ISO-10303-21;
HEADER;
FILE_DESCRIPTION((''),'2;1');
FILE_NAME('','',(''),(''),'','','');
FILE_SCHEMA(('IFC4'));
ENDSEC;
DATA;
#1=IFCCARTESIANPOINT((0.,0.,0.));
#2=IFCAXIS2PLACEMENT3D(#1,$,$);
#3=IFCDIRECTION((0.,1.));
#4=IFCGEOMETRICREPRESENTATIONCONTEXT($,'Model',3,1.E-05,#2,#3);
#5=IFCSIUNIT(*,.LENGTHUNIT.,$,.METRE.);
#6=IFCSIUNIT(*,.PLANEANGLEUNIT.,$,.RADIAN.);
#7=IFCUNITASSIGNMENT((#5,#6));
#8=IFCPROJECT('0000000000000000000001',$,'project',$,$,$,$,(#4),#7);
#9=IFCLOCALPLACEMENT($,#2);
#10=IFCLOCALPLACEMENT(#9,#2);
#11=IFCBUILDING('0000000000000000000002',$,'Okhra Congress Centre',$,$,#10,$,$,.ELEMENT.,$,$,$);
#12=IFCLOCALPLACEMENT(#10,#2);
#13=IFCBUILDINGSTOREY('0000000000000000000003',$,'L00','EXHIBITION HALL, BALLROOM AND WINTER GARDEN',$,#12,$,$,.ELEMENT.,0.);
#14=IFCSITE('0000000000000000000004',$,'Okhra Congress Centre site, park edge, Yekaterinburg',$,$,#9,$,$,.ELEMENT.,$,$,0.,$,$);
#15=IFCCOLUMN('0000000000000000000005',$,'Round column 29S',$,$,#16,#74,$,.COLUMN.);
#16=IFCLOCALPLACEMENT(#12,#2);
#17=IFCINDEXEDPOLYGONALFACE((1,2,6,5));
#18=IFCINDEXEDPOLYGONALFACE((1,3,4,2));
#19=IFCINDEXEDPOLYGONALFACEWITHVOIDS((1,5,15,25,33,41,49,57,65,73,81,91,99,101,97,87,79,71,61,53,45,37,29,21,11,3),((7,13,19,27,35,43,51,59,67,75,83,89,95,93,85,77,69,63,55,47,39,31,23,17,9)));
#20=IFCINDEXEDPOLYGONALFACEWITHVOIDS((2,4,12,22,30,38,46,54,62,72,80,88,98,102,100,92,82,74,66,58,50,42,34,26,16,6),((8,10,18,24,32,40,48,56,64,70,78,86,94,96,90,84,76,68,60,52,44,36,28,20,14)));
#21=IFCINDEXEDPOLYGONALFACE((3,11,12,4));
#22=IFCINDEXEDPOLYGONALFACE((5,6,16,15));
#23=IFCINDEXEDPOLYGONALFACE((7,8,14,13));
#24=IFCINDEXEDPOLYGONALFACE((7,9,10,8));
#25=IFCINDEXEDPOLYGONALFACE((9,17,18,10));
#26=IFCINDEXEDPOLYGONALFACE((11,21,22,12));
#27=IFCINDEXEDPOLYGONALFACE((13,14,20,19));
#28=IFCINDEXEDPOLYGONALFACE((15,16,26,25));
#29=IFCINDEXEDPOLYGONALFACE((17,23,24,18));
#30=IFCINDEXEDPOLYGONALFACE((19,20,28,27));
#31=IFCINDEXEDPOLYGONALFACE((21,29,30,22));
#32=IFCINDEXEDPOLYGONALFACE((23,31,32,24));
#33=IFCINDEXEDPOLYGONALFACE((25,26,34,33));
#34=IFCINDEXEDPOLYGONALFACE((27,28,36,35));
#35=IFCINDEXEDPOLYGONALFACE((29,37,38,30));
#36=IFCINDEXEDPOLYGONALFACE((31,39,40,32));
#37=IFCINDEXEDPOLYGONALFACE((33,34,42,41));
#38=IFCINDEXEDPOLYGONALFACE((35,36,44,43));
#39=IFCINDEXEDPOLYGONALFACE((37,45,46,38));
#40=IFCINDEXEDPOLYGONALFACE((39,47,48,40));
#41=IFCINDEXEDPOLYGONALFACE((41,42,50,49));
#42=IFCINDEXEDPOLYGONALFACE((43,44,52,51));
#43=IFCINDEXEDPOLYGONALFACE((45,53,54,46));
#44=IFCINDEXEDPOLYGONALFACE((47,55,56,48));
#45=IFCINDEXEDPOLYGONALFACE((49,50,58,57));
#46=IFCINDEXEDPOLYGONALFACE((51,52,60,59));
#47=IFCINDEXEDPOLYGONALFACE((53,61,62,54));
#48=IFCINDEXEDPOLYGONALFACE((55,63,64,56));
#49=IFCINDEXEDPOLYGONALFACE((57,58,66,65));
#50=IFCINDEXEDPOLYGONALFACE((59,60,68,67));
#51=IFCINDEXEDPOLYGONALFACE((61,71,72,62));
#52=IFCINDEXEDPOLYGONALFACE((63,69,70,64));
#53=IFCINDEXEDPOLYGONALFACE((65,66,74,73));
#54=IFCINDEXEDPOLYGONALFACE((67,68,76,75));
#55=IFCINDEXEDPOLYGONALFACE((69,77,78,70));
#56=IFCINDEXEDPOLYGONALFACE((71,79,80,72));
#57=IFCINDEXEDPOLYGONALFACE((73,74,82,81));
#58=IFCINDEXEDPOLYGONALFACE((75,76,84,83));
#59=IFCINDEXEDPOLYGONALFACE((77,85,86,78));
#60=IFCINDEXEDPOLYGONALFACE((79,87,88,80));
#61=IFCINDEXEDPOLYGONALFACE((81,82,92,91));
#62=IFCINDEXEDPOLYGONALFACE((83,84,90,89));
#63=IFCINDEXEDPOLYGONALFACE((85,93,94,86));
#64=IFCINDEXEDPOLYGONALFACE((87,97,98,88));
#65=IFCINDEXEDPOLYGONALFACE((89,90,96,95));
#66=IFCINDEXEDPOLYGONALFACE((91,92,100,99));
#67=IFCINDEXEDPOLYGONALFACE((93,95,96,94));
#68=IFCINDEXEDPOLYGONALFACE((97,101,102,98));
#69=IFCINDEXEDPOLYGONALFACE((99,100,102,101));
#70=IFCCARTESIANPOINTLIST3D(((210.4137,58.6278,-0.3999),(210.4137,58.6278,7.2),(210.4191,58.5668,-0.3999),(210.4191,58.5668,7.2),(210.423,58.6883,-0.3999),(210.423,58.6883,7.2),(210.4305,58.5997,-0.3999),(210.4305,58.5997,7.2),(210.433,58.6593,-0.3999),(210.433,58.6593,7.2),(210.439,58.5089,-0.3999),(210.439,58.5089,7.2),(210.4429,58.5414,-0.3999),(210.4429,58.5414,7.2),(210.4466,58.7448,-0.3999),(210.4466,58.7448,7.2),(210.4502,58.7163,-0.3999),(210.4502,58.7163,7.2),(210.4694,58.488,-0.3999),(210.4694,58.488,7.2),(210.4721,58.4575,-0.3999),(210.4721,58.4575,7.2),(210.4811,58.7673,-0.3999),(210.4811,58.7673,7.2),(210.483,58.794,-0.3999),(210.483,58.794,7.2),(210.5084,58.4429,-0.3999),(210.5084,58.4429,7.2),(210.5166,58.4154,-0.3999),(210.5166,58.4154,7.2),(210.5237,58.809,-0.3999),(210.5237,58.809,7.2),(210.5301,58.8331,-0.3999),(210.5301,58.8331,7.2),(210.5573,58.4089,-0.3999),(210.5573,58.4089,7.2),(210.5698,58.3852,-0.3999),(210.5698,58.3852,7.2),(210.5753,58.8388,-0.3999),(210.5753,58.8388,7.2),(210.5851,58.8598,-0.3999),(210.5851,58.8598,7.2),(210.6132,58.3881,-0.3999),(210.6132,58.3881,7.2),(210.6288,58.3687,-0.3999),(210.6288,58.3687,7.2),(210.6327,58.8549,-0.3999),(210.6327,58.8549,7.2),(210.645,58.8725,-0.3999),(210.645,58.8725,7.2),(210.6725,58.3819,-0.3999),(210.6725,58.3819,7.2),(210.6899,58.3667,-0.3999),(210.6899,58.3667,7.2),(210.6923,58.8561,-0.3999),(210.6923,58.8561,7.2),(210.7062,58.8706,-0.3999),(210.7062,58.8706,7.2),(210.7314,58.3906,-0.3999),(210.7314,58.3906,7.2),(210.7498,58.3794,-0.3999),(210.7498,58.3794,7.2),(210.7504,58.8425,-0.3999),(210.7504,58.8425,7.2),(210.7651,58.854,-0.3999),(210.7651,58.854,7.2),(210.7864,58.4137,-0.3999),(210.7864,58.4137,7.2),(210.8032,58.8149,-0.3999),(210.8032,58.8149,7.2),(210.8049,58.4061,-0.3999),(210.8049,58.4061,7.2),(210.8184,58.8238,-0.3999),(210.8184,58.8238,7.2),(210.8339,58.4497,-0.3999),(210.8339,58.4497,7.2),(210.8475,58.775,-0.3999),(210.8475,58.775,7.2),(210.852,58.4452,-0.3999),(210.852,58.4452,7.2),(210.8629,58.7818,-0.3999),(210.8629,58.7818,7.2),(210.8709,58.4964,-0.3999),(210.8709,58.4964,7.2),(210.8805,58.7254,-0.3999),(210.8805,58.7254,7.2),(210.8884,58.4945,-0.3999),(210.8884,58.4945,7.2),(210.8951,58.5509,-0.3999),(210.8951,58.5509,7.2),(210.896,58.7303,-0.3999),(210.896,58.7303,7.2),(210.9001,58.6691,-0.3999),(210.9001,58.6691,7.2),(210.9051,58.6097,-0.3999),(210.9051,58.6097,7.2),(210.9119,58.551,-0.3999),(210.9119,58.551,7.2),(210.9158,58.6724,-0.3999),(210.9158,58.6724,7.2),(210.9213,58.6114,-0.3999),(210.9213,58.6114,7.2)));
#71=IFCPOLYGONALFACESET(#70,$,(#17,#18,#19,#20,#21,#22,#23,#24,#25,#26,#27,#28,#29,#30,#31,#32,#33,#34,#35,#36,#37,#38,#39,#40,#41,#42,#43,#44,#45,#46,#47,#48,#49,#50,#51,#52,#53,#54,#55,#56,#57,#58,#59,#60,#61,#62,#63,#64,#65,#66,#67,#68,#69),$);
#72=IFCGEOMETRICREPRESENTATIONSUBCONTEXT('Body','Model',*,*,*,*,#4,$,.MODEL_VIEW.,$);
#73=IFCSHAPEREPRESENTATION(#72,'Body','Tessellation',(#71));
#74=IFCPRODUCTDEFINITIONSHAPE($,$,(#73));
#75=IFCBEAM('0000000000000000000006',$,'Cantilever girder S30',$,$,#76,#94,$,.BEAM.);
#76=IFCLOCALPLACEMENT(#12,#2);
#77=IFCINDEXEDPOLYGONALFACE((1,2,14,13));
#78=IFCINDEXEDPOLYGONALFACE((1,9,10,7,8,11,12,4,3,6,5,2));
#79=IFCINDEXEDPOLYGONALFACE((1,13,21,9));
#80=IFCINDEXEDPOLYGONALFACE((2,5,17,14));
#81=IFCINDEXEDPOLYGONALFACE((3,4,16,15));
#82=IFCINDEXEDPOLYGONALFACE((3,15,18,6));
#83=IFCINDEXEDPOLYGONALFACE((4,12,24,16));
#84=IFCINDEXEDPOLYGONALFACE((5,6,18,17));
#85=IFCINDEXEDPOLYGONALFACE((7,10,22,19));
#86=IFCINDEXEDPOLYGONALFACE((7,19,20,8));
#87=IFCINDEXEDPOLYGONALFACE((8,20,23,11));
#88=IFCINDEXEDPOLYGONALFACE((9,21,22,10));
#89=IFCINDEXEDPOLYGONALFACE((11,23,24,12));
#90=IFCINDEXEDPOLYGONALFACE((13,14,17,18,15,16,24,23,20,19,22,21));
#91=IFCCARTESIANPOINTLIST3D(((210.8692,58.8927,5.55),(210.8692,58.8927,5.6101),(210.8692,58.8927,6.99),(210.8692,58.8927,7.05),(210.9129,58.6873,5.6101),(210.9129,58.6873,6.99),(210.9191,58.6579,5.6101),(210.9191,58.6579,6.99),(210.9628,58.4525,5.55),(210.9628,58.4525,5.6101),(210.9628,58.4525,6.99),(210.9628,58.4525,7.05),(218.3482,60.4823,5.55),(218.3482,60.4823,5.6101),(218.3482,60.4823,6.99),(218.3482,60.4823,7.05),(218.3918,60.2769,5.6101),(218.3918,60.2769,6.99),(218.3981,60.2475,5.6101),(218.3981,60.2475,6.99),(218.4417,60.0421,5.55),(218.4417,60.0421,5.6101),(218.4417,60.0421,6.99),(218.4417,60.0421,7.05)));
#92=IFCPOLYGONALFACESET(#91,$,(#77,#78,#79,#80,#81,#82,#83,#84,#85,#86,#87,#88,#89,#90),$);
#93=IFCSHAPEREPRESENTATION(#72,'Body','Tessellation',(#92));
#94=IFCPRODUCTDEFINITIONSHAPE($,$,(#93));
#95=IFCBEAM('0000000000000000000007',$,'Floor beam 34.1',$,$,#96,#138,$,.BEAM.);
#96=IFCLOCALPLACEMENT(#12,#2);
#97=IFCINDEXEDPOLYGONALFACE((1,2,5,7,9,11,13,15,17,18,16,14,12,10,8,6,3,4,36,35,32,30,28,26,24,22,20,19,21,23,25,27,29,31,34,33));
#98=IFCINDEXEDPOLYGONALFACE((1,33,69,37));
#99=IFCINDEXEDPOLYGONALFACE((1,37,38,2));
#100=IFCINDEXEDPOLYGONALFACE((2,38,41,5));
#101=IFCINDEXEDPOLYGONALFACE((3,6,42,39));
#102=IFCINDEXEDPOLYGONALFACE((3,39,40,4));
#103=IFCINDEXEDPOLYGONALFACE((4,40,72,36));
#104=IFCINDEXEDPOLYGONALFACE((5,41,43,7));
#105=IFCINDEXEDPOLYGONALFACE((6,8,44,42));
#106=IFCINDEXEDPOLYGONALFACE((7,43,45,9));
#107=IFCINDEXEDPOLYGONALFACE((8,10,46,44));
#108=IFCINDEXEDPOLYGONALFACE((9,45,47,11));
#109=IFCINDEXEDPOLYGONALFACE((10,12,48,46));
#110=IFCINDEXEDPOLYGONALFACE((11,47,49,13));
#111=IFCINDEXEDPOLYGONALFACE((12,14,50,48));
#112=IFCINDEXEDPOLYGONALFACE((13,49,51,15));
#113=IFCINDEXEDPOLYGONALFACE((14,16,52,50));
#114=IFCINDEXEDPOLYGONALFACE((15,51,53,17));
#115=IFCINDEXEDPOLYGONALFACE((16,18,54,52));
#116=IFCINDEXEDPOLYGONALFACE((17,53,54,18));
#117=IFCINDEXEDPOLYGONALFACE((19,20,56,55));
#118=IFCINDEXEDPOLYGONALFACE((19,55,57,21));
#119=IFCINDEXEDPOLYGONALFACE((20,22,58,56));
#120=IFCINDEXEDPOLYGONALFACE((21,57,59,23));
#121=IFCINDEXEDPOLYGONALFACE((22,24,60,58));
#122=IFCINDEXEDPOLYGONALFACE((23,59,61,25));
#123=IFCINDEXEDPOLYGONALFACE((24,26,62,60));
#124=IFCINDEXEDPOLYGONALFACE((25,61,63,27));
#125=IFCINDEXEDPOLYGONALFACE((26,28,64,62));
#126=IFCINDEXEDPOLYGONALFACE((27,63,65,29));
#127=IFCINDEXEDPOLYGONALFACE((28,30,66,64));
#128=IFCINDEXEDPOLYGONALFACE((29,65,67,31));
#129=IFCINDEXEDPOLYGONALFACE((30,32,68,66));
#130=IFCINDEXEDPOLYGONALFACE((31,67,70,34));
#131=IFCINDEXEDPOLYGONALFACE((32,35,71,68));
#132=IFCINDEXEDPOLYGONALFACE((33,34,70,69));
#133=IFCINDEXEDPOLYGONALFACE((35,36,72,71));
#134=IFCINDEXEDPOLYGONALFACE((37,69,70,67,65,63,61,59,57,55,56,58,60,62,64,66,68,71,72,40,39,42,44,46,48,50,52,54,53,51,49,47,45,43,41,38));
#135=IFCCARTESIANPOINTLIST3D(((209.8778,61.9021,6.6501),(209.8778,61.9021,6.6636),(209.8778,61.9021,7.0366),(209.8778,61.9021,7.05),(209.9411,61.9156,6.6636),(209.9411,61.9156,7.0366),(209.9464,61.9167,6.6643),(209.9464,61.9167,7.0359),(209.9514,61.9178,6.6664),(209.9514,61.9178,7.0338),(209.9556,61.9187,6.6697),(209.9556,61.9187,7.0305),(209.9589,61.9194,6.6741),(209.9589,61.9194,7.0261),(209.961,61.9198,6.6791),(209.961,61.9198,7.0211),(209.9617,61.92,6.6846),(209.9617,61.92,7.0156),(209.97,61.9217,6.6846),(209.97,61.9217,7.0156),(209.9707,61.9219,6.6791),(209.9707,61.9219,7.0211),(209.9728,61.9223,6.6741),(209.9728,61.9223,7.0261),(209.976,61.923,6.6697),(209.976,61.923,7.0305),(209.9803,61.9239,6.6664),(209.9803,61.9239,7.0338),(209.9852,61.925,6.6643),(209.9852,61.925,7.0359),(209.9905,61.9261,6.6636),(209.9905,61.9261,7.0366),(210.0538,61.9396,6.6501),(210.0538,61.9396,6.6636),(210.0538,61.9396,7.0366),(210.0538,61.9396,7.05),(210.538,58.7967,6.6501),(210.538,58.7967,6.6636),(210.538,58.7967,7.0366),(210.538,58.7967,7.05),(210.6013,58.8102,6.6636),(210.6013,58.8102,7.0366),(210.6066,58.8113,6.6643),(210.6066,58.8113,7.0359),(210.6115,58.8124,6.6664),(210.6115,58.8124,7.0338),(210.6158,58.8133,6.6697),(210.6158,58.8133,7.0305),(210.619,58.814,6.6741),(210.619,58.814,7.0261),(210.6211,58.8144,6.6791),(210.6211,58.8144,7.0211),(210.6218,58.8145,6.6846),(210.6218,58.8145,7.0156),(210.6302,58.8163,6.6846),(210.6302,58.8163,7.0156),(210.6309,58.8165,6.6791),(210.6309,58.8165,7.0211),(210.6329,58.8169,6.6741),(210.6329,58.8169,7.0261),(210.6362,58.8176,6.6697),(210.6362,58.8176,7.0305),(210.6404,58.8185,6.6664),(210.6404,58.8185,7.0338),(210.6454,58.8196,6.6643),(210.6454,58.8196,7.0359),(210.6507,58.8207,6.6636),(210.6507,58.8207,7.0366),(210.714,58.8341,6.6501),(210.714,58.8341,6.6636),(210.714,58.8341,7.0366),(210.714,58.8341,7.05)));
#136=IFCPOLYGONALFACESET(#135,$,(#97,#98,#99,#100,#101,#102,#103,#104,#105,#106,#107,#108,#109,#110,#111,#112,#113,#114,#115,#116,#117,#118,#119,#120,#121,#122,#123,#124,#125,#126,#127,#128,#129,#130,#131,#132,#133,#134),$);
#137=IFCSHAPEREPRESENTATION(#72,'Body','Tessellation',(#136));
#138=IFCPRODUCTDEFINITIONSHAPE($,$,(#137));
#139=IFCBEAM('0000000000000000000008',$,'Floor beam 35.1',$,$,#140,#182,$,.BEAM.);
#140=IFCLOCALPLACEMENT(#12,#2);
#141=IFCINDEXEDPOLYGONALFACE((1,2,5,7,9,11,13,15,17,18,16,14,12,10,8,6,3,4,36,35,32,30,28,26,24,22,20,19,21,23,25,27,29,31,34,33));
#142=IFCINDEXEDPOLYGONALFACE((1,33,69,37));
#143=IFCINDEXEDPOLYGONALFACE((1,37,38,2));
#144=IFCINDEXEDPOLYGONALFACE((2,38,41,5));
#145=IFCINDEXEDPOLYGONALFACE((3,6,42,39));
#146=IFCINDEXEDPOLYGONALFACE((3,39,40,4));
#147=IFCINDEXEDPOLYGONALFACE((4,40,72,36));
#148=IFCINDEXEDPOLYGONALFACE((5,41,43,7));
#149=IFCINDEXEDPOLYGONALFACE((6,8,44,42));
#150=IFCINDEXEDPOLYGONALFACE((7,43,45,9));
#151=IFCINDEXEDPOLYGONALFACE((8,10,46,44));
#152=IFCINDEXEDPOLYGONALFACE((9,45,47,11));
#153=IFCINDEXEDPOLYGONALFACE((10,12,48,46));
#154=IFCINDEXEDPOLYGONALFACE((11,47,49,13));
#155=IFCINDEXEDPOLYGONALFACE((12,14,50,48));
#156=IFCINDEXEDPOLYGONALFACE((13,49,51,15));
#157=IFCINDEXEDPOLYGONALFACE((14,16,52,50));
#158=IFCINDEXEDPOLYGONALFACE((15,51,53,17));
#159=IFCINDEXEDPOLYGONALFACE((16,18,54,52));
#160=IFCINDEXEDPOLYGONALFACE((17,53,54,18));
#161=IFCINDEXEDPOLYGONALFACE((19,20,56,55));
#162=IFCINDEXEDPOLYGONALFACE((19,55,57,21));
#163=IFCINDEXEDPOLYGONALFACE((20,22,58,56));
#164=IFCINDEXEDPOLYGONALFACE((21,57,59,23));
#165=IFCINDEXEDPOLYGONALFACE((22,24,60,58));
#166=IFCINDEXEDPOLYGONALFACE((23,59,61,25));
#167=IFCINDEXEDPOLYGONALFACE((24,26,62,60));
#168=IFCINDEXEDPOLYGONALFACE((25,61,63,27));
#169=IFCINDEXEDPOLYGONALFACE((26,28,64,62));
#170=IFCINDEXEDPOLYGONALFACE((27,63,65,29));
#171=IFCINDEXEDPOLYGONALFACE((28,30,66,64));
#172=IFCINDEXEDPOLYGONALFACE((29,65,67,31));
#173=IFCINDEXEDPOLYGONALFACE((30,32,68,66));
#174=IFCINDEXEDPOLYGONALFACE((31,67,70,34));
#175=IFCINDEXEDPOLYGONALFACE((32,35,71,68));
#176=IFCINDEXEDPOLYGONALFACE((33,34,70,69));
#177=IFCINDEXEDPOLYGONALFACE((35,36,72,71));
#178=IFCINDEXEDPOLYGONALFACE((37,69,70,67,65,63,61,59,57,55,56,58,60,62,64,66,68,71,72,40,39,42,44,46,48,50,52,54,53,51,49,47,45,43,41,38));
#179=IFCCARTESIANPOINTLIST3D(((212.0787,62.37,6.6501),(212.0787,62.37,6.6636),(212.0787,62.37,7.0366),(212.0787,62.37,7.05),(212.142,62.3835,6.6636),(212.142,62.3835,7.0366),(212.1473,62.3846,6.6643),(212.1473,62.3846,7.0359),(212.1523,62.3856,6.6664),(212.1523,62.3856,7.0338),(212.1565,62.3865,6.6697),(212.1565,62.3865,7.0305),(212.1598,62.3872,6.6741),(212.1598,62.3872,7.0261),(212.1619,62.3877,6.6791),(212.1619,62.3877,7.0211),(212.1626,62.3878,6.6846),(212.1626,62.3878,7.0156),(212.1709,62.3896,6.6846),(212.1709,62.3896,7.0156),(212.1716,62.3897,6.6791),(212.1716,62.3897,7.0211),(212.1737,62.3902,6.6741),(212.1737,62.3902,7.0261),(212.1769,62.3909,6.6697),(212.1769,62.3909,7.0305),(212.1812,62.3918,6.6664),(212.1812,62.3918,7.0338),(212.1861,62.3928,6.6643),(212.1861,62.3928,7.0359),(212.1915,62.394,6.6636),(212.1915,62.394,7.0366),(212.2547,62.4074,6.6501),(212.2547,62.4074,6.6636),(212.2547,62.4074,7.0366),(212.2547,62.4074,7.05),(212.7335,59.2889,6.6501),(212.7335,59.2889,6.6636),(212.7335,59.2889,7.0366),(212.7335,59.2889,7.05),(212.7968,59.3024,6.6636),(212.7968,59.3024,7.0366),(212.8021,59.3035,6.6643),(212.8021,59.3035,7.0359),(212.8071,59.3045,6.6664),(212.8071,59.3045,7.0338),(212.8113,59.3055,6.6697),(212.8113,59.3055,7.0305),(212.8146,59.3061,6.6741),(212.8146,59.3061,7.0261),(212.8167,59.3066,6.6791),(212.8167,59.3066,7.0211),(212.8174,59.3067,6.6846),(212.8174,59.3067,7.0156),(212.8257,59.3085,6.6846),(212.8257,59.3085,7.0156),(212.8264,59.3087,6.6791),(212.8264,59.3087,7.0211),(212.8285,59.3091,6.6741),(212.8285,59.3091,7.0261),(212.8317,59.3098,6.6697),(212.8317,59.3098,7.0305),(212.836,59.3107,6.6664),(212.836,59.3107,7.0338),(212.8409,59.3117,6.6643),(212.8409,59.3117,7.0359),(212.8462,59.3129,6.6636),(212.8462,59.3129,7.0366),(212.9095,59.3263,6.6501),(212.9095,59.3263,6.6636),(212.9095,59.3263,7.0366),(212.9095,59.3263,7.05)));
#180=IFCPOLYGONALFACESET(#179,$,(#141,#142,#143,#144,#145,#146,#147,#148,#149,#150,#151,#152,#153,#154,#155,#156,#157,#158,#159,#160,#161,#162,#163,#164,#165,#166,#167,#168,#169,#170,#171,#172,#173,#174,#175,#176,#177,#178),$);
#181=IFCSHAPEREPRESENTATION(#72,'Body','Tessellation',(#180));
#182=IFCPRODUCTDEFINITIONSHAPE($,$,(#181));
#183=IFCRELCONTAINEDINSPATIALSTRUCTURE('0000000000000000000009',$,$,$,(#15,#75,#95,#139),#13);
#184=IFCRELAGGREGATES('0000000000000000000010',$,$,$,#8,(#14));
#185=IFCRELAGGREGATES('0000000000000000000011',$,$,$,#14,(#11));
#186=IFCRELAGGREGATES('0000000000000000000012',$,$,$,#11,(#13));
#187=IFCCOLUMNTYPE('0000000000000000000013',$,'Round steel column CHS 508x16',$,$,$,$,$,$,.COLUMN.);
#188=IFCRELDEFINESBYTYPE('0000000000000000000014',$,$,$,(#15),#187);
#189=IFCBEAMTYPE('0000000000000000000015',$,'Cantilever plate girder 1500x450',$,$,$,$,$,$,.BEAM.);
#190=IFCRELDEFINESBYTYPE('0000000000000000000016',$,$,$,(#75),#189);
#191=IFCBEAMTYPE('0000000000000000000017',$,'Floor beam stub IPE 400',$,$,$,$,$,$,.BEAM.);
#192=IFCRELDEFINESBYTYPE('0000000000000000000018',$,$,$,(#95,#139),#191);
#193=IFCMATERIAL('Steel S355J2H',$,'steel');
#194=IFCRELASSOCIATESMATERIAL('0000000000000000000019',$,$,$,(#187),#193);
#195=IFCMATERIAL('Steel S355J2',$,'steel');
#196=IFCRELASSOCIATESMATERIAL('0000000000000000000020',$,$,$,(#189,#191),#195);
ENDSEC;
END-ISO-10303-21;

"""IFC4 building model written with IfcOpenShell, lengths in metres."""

from ifc_helpers import new_model, si_unit, direction, frame, origin, origin_2d, place, context, subcontext, project, spatial, hollow_circle, i_section, extrude, material, material_profile, profile_set, type_object, element, save


model = new_model("IFC4")

# Units and contexts
model_context = context("Model", 3, precision=1e-05, world=origin(), true_north=direction((0.0, 1.0)))
body_context = subcontext(model_context, "Body", "Model", "MODEL_VIEW")
ifc_project = project(units=[si_unit("LENGTHUNIT", "METRE"), si_unit("PLANEANGLEUNIT", "RADIAN")], contexts=[model_context])

# Site, building, storey
site_placement = place(None, origin())
site = spatial("IfcSite", under=ifc_project, at=site_placement, Name="Okhra Congress Centre site, park edge, Yekaterinburg", CompositionType="ELEMENT", RefElevation=0.0)
building_placement = place(site_placement, origin())
building = spatial("IfcBuilding", under=site, at=building_placement, Name="Okhra Congress Centre", CompositionType="ELEMENT")
storey_placement = place(building_placement, origin())
storey = spatial("IfcBuildingStorey", under=building, at=storey_placement, Name="L00", Description="EXHIBITION HALL, BALLROOM AND WINTER GARDEN", CompositionType="ELEMENT", Elevation=0.0)

# Column
ifc_material_1 = material(Name="Steel S355J2H", Category="steel")
ifc_material_profile_1 = material_profile(ifc_material_1, hollow_circle(Radius=0.2539, WallThickness=0.0161, at=origin_2d()), Name="CHS 508x16")
ifc_profile_set_1 = profile_set([ifc_material_profile_1], Name="Steel S355J2H")
column_type = type_object("IfcColumnType", Name="Round steel column CHS 508x16", PredefinedType="COLUMN", material=ifc_profile_set_1)
column_placement = place(storey_placement, frame((210.6675, 58.6196, -0.3999), z_axis=(0.0, 0.0, 1.0), x_axis=(0.978148, 0.207912, 0.0)))
element("IfcColumn", 1, at=column_placement, inside=storey, type_object=column_type, Name="Round column 29S", PredefinedType="COLUMN", context=body_context, shape_type="SweptSolid", body=[
    extrude(hollow_circle(Radius=0.2539, WallThickness=0.0161, at=origin_2d()), origin(), (0.0, 0.0, 1.0), 7.5999),
])

# Beams
ifc_material_2 = material(Name="Steel S355J2", Category="steel")
ifc_material_profile_2 = material_profile(ifc_material_2, i_section(OverallWidth=0.45, OverallDepth=1.5, WebThickness=0.03, FlangeThickness=0.0601, at=origin_2d()), Name="Plate girder 1500x450")
ifc_profile_set_2 = profile_set([ifc_material_profile_2], Name="Steel S355J2")
beam_type_1 = type_object("IfcBeamType", Name="Cantilever plate girder 1500x450", PredefinedType="BEAM", material=ifc_profile_set_2)
beam_1_placement = place(storey_placement, frame((210.916, 58.6726, 6.3), z_axis=(0.978151, 0.207898, 0.0), x_axis=(-0.207898, 0.978151, 0.0)))
element("IfcBeam", 2, at=beam_1_placement, inside=storey, type_object=beam_type_1, Name="Cantilever girder S30", PredefinedType="BEAM", context=body_context, shape_type="SweptSolid", body=[
    extrude(i_section(OverallWidth=0.45, OverallDepth=1.5, WebThickness=0.03, FlangeThickness=0.0601, at=origin_2d()), origin(), (0.0, 0.0, 1.0), 7.646),
])
ifc_material_profile_3 = material_profile(ifc_material_2, i_section(OverallWidth=0.1799, OverallDepth=0.3999, WebThickness=0.0085, FlangeThickness=0.0134, FilletRadius=0.021, at=origin_2d()), Name="IPE 400")
ifc_profile_set_3 = profile_set([ifc_material_profile_3], Name="Steel S355J2")
beam_type_2 = type_object("IfcBeamType", Name="Floor beam stub IPE 400", PredefinedType="BEAM", material=ifc_profile_set_3)
beam_2_placement = place(storey_placement, frame((210.626, 58.8154, 6.8501), z_axis=(-0.207932, 0.978143, 0.0), x_axis=(-0.978143, -0.207932, 0.0)))
element("IfcBeam", 3, at=beam_2_placement, inside=storey, type_object=beam_type_2, Name="Floor beam 34.1", PredefinedType="BEAM", context=body_context, shape_type="SweptSolid", body=[
    extrude(i_section(OverallWidth=0.1799, OverallDepth=0.3999, WebThickness=0.0085, FlangeThickness=0.0134, FilletRadius=0.021, at=origin_2d()), origin(), (0.0, 0.0, 1.0), 3.1748),
])
beam_3_placement = place(storey_placement, frame((212.8215, 59.3076, 6.8501), z_axis=(-0.207877, 0.978155, 0.0), x_axis=(-0.978155, -0.207877, 0.0)))
element("IfcBeam", 4, at=beam_3_placement, inside=storey, type_object=beam_type_2, Name="Floor beam 35.1", PredefinedType="BEAM", context=body_context, shape_type="SweptSolid", body=[
    extrude(i_section(OverallWidth=0.1799, OverallDepth=0.3999, WebThickness=0.0085, FlangeThickness=0.0134, FilletRadius=0.021, at=origin_2d()), origin(), (0.0, 0.0, 1.0), 3.1499),
])

save(model, "model.ifc")
